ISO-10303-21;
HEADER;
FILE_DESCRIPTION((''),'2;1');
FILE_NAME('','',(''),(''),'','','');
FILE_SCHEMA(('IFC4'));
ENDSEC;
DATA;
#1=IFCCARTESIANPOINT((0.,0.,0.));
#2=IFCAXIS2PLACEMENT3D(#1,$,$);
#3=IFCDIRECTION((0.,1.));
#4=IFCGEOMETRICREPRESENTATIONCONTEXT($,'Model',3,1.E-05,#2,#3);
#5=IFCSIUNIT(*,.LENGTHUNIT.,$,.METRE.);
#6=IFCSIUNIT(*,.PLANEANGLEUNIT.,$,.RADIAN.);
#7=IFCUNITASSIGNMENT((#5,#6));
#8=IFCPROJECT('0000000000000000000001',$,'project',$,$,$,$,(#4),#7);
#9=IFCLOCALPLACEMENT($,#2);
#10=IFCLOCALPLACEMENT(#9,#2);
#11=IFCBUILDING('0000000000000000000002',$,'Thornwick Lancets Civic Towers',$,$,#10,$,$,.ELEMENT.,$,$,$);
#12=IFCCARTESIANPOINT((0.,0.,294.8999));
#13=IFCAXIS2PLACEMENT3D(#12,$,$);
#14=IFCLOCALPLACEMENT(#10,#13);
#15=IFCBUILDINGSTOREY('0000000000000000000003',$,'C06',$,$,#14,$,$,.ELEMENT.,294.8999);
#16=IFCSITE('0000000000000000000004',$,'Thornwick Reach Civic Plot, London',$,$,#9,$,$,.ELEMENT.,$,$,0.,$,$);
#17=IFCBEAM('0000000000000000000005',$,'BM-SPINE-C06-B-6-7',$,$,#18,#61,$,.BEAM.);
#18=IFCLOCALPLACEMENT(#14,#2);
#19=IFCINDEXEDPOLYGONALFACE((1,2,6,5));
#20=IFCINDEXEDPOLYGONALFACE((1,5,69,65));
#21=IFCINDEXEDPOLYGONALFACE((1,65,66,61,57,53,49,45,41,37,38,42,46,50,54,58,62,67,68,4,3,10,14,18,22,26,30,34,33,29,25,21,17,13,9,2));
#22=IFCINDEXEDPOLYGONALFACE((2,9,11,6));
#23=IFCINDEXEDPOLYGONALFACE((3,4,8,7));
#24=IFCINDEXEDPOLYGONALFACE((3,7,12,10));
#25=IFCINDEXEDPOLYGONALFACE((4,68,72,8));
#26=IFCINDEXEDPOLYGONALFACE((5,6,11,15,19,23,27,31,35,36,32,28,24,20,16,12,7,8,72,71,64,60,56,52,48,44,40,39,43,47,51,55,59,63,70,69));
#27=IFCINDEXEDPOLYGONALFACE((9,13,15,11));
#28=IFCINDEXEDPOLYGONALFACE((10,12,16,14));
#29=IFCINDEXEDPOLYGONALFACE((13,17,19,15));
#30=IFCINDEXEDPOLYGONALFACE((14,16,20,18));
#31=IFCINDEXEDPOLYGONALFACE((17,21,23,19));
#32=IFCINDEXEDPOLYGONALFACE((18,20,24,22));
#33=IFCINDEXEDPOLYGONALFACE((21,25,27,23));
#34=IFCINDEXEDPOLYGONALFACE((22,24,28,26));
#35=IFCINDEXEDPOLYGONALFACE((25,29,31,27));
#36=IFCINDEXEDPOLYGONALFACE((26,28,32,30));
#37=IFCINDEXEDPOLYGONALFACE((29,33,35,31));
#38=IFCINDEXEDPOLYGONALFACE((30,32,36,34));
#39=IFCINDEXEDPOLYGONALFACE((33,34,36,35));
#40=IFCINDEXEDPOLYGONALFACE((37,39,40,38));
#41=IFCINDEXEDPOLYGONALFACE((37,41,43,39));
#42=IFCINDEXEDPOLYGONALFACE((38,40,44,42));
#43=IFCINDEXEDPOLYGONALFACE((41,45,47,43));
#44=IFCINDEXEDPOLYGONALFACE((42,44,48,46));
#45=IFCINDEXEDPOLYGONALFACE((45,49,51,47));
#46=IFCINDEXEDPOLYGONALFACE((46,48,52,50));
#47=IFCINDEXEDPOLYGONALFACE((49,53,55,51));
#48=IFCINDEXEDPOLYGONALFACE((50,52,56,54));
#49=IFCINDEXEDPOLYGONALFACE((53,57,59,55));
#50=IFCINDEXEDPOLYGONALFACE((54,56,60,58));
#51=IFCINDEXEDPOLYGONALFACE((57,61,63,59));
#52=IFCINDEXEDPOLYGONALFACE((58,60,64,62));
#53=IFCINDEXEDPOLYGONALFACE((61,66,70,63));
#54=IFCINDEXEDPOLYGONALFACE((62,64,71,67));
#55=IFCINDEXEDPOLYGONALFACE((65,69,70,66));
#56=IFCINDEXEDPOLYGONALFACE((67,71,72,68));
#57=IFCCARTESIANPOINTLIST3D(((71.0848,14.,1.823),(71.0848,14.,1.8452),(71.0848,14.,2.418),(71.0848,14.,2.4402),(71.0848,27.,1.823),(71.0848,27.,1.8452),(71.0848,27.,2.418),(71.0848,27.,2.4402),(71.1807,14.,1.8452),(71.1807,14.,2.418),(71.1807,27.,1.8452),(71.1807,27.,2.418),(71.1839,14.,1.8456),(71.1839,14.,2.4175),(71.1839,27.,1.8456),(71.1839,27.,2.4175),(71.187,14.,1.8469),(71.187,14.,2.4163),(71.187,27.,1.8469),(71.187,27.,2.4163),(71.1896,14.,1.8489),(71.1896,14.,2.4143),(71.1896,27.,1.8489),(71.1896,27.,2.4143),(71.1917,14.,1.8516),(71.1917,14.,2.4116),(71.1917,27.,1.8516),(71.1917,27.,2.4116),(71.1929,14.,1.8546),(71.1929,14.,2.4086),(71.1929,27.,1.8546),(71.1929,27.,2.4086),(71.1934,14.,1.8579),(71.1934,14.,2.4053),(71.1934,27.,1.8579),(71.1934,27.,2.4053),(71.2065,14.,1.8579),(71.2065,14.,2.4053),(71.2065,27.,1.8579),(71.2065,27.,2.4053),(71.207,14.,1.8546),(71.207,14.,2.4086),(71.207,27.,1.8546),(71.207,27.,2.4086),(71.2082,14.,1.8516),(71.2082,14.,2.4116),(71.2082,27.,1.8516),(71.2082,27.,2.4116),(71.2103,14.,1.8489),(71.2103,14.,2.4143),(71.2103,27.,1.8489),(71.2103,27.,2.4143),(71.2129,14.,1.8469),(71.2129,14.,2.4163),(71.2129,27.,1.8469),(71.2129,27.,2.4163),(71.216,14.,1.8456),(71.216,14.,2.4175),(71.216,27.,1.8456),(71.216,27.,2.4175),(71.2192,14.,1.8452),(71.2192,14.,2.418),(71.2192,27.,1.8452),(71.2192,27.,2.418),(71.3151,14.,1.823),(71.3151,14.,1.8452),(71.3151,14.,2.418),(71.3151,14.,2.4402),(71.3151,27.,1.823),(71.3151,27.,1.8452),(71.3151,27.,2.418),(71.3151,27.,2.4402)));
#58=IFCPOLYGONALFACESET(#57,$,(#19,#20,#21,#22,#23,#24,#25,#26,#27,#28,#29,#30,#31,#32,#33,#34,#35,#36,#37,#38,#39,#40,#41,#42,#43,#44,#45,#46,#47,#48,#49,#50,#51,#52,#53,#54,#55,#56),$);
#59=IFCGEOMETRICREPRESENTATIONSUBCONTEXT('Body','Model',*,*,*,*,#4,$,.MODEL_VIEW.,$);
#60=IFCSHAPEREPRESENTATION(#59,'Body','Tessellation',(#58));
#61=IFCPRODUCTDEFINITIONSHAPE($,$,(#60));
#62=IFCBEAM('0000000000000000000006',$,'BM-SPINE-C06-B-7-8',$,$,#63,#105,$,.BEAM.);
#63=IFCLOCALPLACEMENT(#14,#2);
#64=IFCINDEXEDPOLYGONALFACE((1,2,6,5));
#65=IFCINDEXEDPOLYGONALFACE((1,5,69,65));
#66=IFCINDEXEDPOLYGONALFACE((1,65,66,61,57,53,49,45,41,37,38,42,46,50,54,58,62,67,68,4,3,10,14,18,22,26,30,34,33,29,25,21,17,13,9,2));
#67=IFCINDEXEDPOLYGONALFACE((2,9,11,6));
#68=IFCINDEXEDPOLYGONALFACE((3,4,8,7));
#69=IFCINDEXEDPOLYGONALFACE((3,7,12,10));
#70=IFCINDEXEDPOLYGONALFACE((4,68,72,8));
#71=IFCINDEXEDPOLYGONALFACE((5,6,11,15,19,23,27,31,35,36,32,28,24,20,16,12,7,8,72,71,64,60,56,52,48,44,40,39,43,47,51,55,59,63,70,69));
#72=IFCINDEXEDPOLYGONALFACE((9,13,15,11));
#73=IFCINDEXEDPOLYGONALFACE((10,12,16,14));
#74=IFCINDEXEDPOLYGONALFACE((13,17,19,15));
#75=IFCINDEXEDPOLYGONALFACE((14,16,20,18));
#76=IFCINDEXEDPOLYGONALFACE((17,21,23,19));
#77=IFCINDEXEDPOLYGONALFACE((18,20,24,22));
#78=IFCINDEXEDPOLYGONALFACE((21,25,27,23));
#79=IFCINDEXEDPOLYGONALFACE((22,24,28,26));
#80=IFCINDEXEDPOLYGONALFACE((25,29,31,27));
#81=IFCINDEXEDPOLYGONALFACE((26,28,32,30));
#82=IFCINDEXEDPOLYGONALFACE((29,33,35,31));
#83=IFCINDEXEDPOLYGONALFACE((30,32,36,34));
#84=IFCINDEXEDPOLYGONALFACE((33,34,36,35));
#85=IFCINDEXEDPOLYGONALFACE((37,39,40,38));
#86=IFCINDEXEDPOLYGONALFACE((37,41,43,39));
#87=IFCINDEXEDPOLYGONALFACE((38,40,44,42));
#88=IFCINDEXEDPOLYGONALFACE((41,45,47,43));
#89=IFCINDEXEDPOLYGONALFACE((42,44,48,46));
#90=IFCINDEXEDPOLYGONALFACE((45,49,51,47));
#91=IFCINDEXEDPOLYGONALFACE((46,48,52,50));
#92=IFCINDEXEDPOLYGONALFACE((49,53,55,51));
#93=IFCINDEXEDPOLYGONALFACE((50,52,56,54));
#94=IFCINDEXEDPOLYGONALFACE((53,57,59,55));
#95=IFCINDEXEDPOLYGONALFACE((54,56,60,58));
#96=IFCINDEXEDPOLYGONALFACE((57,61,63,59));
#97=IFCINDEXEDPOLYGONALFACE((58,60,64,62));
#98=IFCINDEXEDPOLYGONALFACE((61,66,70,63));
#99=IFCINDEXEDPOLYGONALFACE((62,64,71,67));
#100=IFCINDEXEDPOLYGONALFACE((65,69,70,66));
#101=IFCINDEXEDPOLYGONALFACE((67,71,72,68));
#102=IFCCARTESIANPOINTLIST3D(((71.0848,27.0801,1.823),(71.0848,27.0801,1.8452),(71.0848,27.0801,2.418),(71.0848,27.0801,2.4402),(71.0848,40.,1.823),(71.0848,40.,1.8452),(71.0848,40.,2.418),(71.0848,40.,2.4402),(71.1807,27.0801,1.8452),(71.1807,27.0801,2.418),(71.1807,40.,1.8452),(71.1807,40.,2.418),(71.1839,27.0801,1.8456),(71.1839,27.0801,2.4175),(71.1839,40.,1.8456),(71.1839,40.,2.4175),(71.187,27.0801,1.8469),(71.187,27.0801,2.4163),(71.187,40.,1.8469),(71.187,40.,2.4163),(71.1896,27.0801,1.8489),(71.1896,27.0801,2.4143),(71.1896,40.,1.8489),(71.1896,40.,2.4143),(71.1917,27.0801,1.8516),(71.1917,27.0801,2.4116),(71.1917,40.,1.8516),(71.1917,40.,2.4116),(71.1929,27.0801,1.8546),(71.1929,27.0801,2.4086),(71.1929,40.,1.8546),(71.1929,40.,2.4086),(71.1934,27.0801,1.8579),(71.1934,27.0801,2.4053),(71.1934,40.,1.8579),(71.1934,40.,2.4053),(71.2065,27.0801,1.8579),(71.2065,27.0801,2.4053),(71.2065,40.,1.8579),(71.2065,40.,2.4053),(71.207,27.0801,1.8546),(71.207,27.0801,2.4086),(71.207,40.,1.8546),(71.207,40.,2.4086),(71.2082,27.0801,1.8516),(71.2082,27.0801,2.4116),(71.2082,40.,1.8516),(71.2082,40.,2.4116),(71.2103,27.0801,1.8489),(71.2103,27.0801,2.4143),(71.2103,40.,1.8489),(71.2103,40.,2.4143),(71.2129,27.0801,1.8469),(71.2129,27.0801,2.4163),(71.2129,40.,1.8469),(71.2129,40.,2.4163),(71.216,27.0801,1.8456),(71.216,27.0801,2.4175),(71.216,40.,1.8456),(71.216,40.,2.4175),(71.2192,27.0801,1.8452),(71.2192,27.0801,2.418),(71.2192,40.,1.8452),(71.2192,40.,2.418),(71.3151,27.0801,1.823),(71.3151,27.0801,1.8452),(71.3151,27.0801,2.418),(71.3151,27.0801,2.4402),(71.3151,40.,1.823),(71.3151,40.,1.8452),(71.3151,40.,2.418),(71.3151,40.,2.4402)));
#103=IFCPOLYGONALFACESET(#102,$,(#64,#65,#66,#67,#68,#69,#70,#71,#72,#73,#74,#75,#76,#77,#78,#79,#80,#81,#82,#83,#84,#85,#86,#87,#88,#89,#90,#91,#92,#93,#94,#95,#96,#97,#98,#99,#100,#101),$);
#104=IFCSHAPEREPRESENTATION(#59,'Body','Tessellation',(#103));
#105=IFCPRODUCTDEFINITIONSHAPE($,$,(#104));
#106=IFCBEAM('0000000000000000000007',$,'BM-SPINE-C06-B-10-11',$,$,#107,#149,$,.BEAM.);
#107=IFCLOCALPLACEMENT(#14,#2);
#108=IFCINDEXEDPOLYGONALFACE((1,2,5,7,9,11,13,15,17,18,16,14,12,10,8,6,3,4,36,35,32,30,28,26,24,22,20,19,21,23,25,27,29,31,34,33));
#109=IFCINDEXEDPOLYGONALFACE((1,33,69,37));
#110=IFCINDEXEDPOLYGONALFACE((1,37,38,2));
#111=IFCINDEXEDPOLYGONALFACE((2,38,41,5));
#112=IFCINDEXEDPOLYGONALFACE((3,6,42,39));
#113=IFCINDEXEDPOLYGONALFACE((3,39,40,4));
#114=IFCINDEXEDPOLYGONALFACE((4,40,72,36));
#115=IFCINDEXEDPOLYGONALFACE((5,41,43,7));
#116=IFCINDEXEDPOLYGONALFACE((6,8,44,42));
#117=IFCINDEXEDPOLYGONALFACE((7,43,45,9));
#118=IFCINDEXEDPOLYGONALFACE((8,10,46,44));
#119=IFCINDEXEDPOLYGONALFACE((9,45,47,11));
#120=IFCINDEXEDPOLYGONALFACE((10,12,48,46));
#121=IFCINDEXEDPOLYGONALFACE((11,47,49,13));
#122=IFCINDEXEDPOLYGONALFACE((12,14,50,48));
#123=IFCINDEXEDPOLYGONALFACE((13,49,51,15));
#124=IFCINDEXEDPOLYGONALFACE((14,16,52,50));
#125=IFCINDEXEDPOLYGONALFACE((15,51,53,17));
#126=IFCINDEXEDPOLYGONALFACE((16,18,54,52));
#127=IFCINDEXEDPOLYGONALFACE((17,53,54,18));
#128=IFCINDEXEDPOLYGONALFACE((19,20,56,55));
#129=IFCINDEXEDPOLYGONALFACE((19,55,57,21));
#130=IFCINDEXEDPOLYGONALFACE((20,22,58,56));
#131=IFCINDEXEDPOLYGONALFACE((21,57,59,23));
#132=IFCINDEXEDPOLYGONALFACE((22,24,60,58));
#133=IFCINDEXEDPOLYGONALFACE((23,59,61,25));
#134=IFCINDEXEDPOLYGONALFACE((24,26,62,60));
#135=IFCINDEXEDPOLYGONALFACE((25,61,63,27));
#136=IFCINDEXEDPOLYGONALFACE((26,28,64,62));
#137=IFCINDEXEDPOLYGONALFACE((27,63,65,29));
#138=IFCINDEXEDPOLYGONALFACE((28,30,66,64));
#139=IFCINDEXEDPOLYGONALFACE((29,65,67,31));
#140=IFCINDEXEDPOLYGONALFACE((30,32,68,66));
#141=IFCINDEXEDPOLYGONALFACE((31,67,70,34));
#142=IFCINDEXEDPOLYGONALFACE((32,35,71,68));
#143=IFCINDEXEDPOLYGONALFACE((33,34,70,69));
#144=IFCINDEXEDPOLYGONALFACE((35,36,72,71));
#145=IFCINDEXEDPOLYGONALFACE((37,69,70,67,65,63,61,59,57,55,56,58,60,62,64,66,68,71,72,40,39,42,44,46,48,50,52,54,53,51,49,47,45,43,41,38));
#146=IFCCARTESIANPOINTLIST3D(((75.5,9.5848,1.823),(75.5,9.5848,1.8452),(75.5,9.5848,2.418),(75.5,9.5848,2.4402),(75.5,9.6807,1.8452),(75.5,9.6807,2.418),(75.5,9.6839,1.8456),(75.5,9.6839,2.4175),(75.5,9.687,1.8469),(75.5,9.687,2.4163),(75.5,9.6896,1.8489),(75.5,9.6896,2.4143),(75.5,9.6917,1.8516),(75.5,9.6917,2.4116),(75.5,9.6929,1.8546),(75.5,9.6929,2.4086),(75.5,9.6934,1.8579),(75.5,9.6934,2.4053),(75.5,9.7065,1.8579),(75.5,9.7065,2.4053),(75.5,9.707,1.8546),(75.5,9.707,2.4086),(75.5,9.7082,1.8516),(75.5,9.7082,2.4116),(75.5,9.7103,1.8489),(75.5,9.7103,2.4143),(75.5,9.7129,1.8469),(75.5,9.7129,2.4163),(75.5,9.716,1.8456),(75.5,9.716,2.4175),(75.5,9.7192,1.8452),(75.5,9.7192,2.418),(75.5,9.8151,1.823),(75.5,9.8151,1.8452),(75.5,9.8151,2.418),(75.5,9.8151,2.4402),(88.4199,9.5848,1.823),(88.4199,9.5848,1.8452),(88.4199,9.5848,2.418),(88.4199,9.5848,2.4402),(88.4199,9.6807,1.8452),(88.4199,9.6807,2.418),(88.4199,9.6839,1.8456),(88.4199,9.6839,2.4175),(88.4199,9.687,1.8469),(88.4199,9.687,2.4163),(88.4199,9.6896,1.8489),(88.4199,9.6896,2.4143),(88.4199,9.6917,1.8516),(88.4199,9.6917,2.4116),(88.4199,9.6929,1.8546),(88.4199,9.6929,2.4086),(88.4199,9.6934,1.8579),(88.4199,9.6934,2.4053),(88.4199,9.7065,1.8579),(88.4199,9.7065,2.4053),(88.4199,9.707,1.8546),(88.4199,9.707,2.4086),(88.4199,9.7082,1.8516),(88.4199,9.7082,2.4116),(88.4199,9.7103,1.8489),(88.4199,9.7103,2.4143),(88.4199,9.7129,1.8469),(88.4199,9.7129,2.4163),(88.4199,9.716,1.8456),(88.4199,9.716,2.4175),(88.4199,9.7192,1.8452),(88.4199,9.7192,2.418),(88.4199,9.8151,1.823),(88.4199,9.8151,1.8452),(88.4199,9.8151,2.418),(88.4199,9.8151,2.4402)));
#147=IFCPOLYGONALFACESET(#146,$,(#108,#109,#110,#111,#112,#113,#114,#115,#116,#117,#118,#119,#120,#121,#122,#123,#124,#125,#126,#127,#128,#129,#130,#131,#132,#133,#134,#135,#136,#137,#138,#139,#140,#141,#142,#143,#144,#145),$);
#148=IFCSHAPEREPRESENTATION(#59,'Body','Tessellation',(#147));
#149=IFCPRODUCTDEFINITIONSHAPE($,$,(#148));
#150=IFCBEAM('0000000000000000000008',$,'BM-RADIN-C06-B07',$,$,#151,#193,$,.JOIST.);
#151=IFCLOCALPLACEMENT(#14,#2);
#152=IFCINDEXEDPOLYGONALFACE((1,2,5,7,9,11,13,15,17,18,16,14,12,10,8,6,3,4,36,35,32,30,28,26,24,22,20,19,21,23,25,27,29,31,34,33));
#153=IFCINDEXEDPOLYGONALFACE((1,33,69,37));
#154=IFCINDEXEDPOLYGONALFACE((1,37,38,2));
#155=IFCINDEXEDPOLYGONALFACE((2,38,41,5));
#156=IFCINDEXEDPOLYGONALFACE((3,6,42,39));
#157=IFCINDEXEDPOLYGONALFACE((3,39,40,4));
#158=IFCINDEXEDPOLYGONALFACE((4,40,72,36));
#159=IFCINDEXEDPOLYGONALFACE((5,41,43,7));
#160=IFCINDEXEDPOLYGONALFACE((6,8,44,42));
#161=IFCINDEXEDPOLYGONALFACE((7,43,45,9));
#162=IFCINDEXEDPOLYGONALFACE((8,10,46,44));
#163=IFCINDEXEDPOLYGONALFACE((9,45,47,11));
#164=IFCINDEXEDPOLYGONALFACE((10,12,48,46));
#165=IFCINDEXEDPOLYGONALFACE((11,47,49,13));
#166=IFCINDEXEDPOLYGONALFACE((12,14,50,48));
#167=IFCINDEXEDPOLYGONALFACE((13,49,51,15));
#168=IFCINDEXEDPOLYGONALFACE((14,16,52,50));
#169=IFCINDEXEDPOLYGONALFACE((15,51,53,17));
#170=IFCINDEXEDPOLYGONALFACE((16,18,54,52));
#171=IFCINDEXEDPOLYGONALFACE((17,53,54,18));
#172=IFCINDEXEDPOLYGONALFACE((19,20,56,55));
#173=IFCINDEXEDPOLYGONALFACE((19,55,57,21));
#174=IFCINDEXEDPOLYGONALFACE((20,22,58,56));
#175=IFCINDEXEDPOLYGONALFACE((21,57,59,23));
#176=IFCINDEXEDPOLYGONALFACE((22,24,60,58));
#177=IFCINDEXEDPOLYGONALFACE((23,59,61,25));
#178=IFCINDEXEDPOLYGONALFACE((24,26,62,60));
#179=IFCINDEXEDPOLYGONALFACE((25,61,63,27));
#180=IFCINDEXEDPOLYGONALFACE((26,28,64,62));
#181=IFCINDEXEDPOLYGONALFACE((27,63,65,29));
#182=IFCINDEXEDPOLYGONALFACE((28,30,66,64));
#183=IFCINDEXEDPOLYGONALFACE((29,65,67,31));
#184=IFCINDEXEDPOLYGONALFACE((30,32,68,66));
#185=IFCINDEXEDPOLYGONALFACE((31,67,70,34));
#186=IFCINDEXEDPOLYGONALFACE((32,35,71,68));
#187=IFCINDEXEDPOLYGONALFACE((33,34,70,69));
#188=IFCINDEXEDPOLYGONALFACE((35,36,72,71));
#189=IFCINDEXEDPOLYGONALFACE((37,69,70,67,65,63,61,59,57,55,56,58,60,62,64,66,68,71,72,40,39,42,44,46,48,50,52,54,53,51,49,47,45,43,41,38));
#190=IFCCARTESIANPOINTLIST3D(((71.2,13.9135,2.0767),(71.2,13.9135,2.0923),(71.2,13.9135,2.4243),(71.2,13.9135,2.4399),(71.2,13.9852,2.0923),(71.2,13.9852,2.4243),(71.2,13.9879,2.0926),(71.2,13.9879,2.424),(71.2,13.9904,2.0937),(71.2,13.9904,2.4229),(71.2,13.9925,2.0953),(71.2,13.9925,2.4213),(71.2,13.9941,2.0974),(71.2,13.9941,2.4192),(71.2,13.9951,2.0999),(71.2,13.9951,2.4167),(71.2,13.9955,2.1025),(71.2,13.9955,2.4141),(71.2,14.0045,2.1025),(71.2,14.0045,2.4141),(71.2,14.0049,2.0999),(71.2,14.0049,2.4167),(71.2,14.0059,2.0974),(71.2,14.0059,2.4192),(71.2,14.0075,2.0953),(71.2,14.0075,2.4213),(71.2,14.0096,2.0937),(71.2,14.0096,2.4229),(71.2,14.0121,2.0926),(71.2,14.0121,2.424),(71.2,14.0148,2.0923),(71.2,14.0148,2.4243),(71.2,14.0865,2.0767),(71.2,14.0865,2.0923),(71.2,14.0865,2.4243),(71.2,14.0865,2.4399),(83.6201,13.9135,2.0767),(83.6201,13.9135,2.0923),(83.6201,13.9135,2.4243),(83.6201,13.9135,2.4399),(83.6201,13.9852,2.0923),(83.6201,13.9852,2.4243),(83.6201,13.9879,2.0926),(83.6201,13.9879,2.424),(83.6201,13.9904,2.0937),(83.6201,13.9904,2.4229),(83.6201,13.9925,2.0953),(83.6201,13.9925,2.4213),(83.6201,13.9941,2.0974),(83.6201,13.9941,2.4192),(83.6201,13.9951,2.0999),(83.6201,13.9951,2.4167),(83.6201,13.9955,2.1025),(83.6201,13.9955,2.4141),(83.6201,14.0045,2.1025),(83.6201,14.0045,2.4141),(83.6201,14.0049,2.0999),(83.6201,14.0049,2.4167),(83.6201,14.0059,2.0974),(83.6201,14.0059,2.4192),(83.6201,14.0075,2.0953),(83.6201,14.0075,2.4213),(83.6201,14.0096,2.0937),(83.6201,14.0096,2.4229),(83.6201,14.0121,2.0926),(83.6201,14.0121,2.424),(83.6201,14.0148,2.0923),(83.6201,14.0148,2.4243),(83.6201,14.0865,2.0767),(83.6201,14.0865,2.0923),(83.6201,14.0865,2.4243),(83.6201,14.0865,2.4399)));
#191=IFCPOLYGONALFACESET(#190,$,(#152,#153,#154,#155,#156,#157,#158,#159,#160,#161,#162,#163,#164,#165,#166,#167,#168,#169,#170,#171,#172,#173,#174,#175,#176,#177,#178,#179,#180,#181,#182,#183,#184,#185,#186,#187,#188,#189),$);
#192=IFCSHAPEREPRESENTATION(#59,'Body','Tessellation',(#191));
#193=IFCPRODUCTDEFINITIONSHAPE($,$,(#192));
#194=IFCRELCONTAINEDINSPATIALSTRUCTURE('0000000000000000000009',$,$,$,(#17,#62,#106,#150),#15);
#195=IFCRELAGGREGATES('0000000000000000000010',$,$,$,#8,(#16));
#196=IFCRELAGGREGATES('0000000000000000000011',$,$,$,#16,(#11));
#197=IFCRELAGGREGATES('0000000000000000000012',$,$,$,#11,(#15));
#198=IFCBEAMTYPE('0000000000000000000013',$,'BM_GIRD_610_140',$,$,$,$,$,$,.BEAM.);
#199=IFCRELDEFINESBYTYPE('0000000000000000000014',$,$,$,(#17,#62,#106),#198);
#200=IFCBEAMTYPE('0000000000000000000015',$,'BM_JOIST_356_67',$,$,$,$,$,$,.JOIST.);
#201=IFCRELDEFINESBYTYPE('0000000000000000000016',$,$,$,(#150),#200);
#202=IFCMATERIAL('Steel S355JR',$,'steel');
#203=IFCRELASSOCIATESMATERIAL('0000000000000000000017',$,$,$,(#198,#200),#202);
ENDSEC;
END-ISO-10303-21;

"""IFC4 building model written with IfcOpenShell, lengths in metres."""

from ifc_helpers import new_model, si_unit, direction, frame, origin, origin_2d, place, context, subcontext, project, spatial, i_section, extrude, material, material_profile, profile_set, type_object, element, save


model = new_model("IFC4")

# Units and contexts
model_context = context("Model", 3, precision=1e-05, world=origin(), true_north=direction((0.0, 1.0)))
body_context = subcontext(model_context, "Body", "Model", "MODEL_VIEW")
ifc_project = project(units=[si_unit("LENGTHUNIT", "METRE"), si_unit("PLANEANGLEUNIT", "RADIAN")], contexts=[model_context])

# Site, building, storey
site_placement = place(None, origin())
site = spatial("IfcSite", under=ifc_project, at=site_placement, Name="Thornwick Reach Civic Plot, London", CompositionType="ELEMENT", RefElevation=0.0)
building_placement = place(site_placement, origin())
building = spatial("IfcBuilding", under=site, at=building_placement, Name="Thornwick Lancets Civic Towers", CompositionType="ELEMENT")
storey_placement = place(building_placement, frame((0.0, 0.0, 294.8999)))
storey = spatial("IfcBuildingStorey", under=building, at=storey_placement, Name="C06", CompositionType="ELEMENT", Elevation=294.8999)

# Shared definitions
ifc_material_1 = material(Name="Steel S355JR", Category="steel")

# Beams
ifc_material_profile_1 = material_profile(ifc_material_1, i_section(OverallWidth=0.2302, OverallDepth=0.6172, WebThickness=0.0132, FlangeThickness=0.0222, FilletRadius=0.0127, at=origin_2d()), Name="UKB 610x229x140")
ifc_profile_set_1 = profile_set([ifc_material_profile_1], Name="Steel S355JR")
beam_type_1 = type_object("IfcBeamType", Name="BM_GIRD_610_140", PredefinedType="BEAM", material=ifc_profile_set_1)
beam_1_placement = place(storey_placement, frame((71.2, 14.0, 2.1316), z_axis=(0.0, 1.0, 0.0), x_axis=(-1.0, 0.0, 0.0)))
element("IfcBeam", 1, at=beam_1_placement, inside=storey, type_object=beam_type_1, Name="BM-SPINE-C06-B-6-7", PredefinedType="BEAM", context=body_context, shape_type="SweptSolid", body=[
    extrude(i_section(OverallWidth=0.2302, OverallDepth=0.6172, WebThickness=0.0132, FlangeThickness=0.0222, FilletRadius=0.0127, at=origin_2d()), origin(), (0.0, 0.0, 1.0), 13.0),
])
for number, where, z_axis, x_axis, name in (
    (2, (71.2, 27.0801, 2.1316), (0.0, 1.0, 0.0), (-1.0, 0.0, 0.0), "BM-SPINE-C06-B-7-8"),
    (3, (88.4199, 9.7, 2.1316), (-1.0, 0.0, 0.0), (0.0, -1.0, 0.0), "BM-SPINE-C06-B-10-11"),
):
    element("IfcBeam", number, at=place(storey_placement, frame(where, z_axis=z_axis, x_axis=x_axis)), inside=storey, type_object=beam_type_1, Name=name, PredefinedType="BEAM", context=body_context, shape_type="SweptSolid", body=[
        extrude(i_section(OverallWidth=0.2302, OverallDepth=0.6172, WebThickness=0.0132, FlangeThickness=0.0222, FilletRadius=0.0127, at=origin_2d()), origin(), (0.0, 0.0, 1.0), 12.9199),
    ])
ifc_material_profile_2 = material_profile(ifc_material_1, i_section(OverallWidth=0.1731, OverallDepth=0.3633, WebThickness=0.009, FlangeThickness=0.0156, FilletRadius=0.0103, at=origin_2d()), Name="UKB 356x171x67")
ifc_profile_set_2 = profile_set([ifc_material_profile_2], Name="Steel S355JR")
beam_type_2 = type_object("IfcBeamType", Name="BM_JOIST_356_67", PredefinedType="JOIST", material=ifc_profile_set_2)
beam_2_placement = place(storey_placement, frame((83.6201, 14.0, 2.2583), z_axis=(-1.0, 0.0, 0.0), x_axis=(0.0, -1.0, 0.0)))
element("IfcBeam", 4, at=beam_2_placement, inside=storey, type_object=beam_type_2, Name="BM-RADIN-C06-B07", PredefinedType="JOIST", context=body_context, shape_type="SweptSolid", body=[
    extrude(i_section(OverallWidth=0.1731, OverallDepth=0.3633, WebThickness=0.009, FlangeThickness=0.0156, FilletRadius=0.0103, at=origin_2d()), origin(), (0.0, 0.0, 1.0), 12.4202),
])

save(model, "model.ifc")
